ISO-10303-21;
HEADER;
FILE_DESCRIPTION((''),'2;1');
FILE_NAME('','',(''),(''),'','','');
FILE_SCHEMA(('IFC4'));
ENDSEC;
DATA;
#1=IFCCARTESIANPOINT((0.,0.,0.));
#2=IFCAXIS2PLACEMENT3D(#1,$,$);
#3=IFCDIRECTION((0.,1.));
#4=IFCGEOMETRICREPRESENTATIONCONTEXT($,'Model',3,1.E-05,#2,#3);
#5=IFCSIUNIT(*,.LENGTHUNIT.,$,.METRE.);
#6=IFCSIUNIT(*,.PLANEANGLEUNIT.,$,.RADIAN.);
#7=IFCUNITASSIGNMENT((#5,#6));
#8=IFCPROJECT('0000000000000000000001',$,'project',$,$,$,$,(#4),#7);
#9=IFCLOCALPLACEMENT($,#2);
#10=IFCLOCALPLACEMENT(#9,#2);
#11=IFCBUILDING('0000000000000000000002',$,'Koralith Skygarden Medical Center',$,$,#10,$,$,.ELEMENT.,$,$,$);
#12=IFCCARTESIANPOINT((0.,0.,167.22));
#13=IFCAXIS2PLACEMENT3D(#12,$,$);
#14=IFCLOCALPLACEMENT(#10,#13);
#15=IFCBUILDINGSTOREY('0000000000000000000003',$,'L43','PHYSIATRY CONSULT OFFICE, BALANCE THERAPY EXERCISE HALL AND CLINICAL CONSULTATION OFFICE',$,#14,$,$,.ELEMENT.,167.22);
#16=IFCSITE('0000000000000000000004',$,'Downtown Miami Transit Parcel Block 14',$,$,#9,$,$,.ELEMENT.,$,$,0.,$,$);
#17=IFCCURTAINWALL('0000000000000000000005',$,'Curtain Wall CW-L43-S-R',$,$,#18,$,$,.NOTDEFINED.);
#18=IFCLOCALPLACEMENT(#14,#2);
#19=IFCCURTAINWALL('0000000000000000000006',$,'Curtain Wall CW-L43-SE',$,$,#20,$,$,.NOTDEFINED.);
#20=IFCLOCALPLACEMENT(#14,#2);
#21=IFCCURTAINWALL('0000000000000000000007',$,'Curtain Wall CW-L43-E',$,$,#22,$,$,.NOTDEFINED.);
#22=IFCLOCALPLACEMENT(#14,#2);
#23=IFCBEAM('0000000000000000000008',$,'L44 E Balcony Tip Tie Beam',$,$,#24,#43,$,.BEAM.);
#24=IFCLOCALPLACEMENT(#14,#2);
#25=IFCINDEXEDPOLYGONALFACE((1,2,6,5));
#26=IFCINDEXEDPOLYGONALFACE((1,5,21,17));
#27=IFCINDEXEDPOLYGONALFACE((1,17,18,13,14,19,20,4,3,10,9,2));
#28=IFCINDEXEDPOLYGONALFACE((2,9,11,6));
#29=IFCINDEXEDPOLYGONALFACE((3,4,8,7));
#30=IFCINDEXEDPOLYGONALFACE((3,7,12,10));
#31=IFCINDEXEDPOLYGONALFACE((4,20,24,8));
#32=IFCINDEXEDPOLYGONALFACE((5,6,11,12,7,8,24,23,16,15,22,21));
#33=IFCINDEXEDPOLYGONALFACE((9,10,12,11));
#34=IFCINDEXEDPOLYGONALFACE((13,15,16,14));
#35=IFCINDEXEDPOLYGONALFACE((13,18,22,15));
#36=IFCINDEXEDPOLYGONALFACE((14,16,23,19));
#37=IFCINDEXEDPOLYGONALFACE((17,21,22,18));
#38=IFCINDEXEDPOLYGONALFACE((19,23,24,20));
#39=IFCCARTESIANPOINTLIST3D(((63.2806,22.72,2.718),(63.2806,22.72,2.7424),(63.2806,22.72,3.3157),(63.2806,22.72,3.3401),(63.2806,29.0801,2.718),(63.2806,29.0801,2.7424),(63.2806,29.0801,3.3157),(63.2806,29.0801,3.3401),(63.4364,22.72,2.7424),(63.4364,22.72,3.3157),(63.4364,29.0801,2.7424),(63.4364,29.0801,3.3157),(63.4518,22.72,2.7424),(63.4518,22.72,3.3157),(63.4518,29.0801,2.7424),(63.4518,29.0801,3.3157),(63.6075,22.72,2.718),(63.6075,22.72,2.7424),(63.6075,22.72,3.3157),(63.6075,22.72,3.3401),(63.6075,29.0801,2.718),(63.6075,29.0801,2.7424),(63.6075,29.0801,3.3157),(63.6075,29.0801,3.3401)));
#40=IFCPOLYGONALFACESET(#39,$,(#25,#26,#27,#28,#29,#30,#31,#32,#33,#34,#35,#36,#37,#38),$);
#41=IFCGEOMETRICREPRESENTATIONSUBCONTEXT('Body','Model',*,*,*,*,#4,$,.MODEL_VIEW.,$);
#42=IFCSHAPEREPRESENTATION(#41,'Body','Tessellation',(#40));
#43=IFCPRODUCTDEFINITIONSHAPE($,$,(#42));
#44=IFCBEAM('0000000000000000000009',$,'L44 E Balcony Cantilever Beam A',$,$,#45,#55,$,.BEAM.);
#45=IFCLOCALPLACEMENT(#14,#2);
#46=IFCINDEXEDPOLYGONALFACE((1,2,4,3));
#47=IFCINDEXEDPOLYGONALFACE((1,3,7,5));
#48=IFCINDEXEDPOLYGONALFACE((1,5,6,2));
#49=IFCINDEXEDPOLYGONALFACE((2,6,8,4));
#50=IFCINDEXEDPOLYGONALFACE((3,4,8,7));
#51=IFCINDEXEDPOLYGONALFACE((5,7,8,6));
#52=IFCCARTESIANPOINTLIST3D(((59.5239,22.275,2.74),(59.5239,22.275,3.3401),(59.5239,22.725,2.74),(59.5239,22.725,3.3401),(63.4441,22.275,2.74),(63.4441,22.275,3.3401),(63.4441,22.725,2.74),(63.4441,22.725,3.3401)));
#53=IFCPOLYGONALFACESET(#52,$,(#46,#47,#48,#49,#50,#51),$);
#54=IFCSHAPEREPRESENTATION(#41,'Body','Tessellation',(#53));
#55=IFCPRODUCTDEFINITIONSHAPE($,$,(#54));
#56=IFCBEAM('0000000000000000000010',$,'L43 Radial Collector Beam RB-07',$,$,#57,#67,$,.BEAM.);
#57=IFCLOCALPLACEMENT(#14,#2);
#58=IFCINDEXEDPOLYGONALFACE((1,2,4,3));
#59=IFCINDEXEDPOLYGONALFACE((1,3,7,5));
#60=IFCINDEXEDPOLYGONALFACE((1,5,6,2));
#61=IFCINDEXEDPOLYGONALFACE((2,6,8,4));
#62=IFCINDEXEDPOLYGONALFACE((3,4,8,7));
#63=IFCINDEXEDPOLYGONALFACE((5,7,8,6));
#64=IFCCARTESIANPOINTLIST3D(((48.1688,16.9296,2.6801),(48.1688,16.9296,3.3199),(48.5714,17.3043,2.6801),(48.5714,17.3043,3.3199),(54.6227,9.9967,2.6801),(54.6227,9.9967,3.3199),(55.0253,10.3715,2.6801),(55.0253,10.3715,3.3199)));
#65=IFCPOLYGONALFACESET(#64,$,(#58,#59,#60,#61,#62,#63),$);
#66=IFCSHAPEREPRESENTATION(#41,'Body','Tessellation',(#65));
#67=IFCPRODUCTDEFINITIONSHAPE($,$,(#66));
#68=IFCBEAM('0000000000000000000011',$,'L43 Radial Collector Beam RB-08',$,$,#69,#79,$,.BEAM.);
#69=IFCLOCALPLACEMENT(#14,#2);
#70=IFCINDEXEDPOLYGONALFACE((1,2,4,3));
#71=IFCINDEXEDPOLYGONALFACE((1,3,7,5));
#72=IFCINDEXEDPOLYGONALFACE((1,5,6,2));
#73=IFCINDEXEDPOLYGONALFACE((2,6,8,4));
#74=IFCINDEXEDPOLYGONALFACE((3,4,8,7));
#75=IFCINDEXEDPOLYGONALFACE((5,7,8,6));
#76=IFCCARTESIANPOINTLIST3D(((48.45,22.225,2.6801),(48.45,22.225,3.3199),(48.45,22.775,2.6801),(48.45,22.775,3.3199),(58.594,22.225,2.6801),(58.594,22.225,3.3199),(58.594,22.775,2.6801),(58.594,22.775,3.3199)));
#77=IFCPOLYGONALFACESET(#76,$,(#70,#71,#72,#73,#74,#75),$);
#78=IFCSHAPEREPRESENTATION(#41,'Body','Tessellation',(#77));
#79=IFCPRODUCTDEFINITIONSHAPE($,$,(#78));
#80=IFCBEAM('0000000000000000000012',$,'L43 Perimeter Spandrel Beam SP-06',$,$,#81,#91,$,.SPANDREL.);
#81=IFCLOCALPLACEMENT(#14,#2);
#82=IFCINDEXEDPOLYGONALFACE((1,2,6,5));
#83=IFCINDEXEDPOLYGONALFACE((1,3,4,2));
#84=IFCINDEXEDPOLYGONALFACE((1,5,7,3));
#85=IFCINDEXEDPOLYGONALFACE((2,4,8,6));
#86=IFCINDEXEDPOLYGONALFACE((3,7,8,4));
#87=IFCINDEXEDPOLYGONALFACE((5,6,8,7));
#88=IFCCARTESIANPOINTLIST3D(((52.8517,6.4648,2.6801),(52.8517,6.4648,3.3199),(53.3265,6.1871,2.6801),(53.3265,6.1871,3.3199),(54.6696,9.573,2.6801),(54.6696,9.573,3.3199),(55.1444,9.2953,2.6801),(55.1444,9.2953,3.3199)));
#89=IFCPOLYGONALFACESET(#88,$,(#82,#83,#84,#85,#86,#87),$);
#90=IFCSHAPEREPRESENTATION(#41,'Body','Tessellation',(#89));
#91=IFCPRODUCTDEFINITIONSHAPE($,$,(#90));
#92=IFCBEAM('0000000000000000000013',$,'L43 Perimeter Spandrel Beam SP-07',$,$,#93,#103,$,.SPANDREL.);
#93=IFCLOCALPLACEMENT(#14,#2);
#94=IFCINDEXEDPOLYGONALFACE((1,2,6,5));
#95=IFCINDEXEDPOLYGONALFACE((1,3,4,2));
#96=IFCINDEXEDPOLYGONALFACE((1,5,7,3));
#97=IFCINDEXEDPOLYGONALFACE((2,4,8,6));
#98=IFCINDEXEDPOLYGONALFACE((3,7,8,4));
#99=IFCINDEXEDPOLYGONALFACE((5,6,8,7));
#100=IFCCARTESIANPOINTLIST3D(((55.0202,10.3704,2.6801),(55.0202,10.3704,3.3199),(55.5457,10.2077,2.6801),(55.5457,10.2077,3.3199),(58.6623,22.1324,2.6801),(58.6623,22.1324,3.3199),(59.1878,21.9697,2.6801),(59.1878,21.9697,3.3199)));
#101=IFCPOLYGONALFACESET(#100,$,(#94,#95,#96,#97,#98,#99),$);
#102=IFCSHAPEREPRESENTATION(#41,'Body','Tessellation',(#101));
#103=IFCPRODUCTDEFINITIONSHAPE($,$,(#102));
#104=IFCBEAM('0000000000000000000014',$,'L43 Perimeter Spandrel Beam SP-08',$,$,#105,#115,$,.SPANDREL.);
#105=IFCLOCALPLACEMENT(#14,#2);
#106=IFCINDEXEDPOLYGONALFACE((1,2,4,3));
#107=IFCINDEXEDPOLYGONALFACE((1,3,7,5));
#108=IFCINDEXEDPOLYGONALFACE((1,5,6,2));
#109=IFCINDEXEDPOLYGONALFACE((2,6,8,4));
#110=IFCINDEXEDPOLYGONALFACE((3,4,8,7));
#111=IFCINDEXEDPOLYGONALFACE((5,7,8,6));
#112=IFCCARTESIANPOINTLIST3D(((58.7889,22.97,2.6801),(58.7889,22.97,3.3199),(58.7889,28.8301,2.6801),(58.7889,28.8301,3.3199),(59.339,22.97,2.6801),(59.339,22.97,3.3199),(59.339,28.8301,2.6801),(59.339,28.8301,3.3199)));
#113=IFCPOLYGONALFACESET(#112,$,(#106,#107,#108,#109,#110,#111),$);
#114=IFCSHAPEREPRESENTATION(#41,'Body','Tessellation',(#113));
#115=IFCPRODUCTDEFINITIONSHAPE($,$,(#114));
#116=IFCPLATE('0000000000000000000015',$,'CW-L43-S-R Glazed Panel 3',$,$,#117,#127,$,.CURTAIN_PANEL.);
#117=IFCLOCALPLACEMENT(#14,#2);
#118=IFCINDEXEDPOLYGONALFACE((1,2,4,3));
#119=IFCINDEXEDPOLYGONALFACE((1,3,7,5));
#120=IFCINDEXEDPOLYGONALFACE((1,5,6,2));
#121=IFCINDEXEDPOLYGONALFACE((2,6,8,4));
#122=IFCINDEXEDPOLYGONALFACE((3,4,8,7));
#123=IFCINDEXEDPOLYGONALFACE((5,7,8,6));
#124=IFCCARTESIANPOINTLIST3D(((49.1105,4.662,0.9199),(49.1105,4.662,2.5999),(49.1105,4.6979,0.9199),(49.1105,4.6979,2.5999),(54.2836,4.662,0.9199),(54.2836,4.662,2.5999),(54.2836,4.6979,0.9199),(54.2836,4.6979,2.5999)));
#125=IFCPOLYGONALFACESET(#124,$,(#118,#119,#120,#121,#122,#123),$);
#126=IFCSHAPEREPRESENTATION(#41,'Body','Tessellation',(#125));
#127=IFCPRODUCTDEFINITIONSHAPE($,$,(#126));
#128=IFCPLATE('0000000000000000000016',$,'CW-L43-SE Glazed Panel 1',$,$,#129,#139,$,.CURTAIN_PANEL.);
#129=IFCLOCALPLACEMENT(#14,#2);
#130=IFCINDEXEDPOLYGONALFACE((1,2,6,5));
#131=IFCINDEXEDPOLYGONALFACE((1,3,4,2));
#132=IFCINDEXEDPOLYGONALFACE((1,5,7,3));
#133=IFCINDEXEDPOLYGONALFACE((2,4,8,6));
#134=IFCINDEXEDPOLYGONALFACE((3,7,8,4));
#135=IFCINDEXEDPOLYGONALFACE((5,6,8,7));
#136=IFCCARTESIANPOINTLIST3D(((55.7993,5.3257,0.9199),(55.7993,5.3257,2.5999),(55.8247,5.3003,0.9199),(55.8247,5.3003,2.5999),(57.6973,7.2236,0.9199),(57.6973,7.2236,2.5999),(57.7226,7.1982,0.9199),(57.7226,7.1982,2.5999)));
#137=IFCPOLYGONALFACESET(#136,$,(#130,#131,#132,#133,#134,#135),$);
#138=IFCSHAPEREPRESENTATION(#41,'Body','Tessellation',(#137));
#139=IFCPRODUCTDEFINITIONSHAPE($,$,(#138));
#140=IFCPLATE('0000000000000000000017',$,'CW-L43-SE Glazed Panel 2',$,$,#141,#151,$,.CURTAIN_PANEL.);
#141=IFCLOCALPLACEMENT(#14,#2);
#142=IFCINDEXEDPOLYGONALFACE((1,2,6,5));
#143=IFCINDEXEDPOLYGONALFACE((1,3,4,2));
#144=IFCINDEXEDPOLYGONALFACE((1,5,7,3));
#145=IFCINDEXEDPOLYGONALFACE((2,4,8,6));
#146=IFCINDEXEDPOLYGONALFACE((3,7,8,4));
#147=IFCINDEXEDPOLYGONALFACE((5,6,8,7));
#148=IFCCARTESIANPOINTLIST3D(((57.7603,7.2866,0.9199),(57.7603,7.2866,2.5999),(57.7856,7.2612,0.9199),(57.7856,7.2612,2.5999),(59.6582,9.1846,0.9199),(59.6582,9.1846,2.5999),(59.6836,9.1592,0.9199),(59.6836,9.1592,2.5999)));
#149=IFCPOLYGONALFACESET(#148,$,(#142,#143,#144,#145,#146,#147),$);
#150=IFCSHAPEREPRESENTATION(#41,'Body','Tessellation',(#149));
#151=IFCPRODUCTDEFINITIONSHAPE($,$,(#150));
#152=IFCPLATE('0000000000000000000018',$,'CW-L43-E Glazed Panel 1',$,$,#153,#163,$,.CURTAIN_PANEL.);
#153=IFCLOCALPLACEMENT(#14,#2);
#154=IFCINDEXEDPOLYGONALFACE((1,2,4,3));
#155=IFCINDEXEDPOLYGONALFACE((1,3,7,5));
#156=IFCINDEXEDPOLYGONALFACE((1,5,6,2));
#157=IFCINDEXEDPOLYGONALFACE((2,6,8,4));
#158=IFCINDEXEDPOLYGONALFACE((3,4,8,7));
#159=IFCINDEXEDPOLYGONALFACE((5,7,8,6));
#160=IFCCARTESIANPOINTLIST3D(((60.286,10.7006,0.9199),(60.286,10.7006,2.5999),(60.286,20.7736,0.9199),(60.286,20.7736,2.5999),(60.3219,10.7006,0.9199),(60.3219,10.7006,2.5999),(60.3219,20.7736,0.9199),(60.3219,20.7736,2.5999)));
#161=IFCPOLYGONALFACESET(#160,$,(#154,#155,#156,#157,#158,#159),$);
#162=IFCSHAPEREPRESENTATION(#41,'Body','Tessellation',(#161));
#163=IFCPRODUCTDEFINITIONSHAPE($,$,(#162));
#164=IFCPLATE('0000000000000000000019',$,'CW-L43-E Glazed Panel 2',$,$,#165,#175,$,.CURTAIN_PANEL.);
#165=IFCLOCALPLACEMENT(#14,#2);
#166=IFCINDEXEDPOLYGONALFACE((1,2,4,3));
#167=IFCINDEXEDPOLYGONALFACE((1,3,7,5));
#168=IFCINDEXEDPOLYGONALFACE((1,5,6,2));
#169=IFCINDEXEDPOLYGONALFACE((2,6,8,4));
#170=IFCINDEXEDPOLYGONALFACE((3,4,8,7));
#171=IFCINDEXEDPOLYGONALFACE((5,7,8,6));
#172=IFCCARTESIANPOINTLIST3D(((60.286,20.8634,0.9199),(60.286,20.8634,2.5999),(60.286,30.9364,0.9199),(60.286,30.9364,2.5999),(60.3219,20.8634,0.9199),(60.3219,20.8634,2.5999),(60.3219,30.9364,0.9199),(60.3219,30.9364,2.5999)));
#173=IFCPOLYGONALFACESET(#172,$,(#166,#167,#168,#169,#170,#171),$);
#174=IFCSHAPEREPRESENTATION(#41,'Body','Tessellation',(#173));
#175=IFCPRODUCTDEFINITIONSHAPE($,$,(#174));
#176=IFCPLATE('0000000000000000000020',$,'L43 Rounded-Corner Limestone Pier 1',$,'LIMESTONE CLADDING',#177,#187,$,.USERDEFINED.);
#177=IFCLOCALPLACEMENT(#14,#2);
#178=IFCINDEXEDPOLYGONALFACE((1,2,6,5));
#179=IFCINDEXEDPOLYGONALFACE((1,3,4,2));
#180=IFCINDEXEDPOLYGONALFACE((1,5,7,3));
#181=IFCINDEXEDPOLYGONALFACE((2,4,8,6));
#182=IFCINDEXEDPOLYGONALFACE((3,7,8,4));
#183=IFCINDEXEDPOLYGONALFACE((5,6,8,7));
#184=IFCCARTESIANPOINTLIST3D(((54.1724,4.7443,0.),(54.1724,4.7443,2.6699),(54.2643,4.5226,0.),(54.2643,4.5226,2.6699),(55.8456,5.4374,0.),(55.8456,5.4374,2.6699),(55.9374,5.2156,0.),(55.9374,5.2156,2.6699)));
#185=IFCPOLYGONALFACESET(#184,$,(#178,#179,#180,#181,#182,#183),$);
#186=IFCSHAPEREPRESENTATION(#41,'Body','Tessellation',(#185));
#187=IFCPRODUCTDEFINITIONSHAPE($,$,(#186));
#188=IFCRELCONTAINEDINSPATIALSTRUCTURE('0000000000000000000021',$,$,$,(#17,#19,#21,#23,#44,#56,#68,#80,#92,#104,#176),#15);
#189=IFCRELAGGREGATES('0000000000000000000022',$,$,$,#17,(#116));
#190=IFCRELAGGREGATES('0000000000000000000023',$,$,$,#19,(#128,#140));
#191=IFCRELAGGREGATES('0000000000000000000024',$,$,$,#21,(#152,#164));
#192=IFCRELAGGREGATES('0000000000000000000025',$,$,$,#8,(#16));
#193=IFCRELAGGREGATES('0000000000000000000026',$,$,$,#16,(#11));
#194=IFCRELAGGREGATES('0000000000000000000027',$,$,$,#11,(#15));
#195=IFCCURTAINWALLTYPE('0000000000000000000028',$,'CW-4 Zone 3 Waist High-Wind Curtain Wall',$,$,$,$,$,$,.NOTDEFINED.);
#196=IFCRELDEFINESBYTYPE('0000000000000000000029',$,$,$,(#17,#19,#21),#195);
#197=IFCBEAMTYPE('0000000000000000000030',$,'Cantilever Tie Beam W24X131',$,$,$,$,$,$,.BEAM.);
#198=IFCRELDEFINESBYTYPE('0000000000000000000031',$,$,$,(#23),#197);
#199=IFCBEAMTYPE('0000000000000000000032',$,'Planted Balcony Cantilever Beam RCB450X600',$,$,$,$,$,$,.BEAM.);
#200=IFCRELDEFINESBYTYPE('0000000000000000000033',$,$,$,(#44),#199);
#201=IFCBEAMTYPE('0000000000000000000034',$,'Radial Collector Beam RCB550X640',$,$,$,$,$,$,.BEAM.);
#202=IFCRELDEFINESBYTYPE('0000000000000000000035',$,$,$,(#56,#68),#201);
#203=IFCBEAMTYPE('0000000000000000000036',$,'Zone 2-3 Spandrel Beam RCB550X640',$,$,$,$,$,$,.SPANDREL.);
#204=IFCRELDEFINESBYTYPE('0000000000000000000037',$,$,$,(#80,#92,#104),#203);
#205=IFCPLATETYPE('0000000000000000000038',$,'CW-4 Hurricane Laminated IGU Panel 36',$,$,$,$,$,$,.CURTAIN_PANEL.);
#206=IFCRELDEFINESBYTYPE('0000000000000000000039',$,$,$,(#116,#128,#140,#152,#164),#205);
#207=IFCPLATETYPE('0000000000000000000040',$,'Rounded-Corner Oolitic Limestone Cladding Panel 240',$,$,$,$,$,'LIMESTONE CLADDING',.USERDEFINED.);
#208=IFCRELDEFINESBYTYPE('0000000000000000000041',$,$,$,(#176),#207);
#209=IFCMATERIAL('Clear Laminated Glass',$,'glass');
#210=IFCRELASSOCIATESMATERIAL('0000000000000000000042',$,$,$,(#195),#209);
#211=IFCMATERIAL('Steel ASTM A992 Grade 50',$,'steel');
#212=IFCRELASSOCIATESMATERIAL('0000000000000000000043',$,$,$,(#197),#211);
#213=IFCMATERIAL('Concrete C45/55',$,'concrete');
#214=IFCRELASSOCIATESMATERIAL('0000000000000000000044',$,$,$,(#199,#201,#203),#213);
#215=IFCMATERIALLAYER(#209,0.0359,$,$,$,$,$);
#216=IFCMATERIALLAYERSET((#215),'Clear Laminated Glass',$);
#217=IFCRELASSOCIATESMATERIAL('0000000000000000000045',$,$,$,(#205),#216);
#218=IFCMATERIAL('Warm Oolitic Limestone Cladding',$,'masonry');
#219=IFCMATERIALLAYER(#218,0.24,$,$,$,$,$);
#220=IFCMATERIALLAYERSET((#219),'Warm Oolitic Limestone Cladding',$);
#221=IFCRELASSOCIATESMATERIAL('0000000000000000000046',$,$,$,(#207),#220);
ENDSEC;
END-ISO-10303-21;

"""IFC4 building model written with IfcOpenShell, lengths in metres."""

from ifc_helpers import new_model, si_unit, direction, frame, origin, origin_2d, place, context, subcontext, project, spatial, rectangle, i_section, extrude, material, layer, layer_set, material_profile, profile_set, type_object, element, aggregate, save


model = new_model("IFC4")

# Units and contexts
model_context = context("Model", 3, precision=1e-05, world=origin(), true_north=direction((0.0, 1.0)))
body_context = subcontext(model_context, "Body", "Model", "MODEL_VIEW")
ifc_project = project(units=[si_unit("LENGTHUNIT", "METRE"), si_unit("PLANEANGLEUNIT", "RADIAN")], contexts=[model_context])

# Site, building, storey
site_placement = place(None, origin())
site = spatial("IfcSite", under=ifc_project, at=site_placement, Name="Downtown Miami Transit Parcel Block 14", CompositionType="ELEMENT", RefElevation=0.0)
building_placement = place(site_placement, origin())
building = spatial("IfcBuilding", under=site, at=building_placement, Name="Koralith Skygarden Medical Center", CompositionType="ELEMENT")
storey_placement = place(building_placement, frame((0.0, 0.0, 167.22)))
storey = spatial("IfcBuildingStorey", under=building, at=storey_placement, Name="L43", Description="PHYSIATRY CONSULT OFFICE, BALANCE THERAPY EXERCISE HALL AND CLINICAL CONSULTATION OFFICE", CompositionType="ELEMENT", Elevation=167.22)

# Curtain walls
ifc_material_1 = material(Name="Clear Laminated Glass", Category="glass")
curtain_wall_type = type_object("IfcCurtainWallType", Name="CW-4 Zone 3 Waist High-Wind Curtain Wall", PredefinedType="NOTDEFINED", material=ifc_material_1)
curtain_wall_1_placement = place(storey_placement, origin())
curtain_wall_1 = element("IfcCurtainWall", 1, at=curtain_wall_1_placement, inside=storey, type_object=curtain_wall_type, Name="Curtain Wall CW-L43-S-R", PredefinedType="NOTDEFINED")
curtain_wall_2_placement = place(storey_placement, origin())
curtain_wall_2 = element("IfcCurtainWall", 2, at=curtain_wall_2_placement, inside=storey, type_object=curtain_wall_type, Name="Curtain Wall CW-L43-SE", PredefinedType="NOTDEFINED")
curtain_wall_3_placement = place(storey_placement, origin())
curtain_wall_3 = element("IfcCurtainWall", 3, at=curtain_wall_3_placement, inside=storey, type_object=curtain_wall_type, Name="Curtain Wall CW-L43-E", PredefinedType="NOTDEFINED")

# Beams
ifc_material_2 = material(Name="Steel ASTM A992 Grade 50", Category="steel")
ifc_material_profile_1 = material_profile(ifc_material_2, i_section(OverallWidth=0.3269, OverallDepth=0.6221, WebThickness=0.0154, FlangeThickness=0.0244, at=origin_2d()), Name="W24X131")
ifc_profile_set_1 = profile_set([ifc_material_profile_1], Name="Steel ASTM A992 Grade 50")
beam_type_1 = type_object("IfcBeamType", Name="Cantilever Tie Beam W24X131", PredefinedType="BEAM", material=ifc_profile_set_1)
beam_1_placement = place(storey_placement, frame((63.4441, 22.72, 3.0291), z_axis=(0.0, 1.0, 0.0), x_axis=(-1.0, 0.0, 0.0)))
element("IfcBeam", 4, at=beam_1_placement, inside=storey, type_object=beam_type_1, Name="L44 E Balcony Tip Tie Beam", PredefinedType="BEAM", context=body_context, shape_type="SweptSolid", body=[
    extrude(i_section(OverallWidth=0.3269, OverallDepth=0.6221, WebThickness=0.0154, FlangeThickness=0.0244, at=origin_2d()), origin(), (0.0, 0.0, 1.0), 6.3601),
])
ifc_material_3 = material(Name="Concrete C45/55", Category="concrete")
ifc_material_profile_2 = material_profile(ifc_material_3, rectangle(XDim=0.45, YDim=0.6001, at=origin_2d()), Name="RCB450X600")
ifc_profile_set_2 = profile_set([ifc_material_profile_2], Name="Concrete C45/55")
beam_type_2 = type_object("IfcBeamType", Name="Planted Balcony Cantilever Beam RCB450X600", PredefinedType="BEAM", material=ifc_profile_set_2)
beam_2_placement = place(storey_placement, frame((59.5239, 22.5, 3.04), z_axis=(1.0, 0.0, 0.0), x_axis=(0.0, 1.0, 0.0)))
element("IfcBeam", 5, at=beam_2_placement, inside=storey, type_object=beam_type_2, Name="L44 E Balcony Cantilever Beam A", PredefinedType="BEAM", context=body_context, shape_type="SweptSolid", body=[
    extrude(rectangle(XDim=0.45, YDim=0.6001, at=origin_2d()), origin(), (0.0, 0.0, 1.0), 3.9202),
])
ifc_material_profile_3 = material_profile(ifc_material_3, rectangle(XDim=0.55, YDim=0.6399, at=origin_2d()), Name="RCB550X640")
ifc_profile_set_3 = profile_set([ifc_material_profile_3], Name="Concrete C45/55")
beam_type_3 = type_object("IfcBeamType", Name="Radial Collector Beam RCB550X640", PredefinedType="BEAM", material=ifc_profile_set_3)
beam_3_placement = place(storey_placement, frame((48.3701, 17.1169, 3.0), z_axis=(0.681369, -0.73194, 0.0), x_axis=(0.73194, 0.681369, 0.0)))
element("IfcBeam", 6, at=beam_3_placement, inside=storey, type_object=beam_type_3, Name="L43 Radial Collector Beam RB-07", PredefinedType="BEAM", context=body_context, shape_type="SweptSolid", body=[
    extrude(rectangle(XDim=0.55, YDim=0.6399, at=origin_2d()), origin(), (0.0, 0.0, 1.0), 9.4719),
])
beam_4_placement = place(storey_placement, frame((48.45, 22.5, 3.0), z_axis=(1.0, 0.0, 0.0), x_axis=(0.0, 1.0, 0.0)))
element("IfcBeam", 7, at=beam_4_placement, inside=storey, type_object=beam_type_3, Name="L43 Radial Collector Beam RB-08", PredefinedType="BEAM", context=body_context, shape_type="SweptSolid", body=[
    extrude(rectangle(XDim=0.55, YDim=0.6399, at=origin_2d()), origin(), (0.0, 0.0, 1.0), 10.144),
])
ifc_material_profile_4 = material_profile(ifc_material_3, rectangle(XDim=0.55, YDim=0.6399, at=origin_2d()), Name="RCB550X640")
ifc_profile_set_4 = profile_set([ifc_material_profile_4], Name="Concrete C45/55")
beam_type_4 = type_object("IfcBeamType", Name="Zone 2-3 Spandrel Beam RCB550X640", PredefinedType="SPANDREL", material=ifc_profile_set_4)
beam_5_placement = place(storey_placement, frame((53.0891, 6.3259, 3.0), z_axis=(0.504861, 0.8632, 0.0), x_axis=(-0.8632, 0.504861, 0.0)))
element("IfcBeam", 8, at=beam_5_placement, inside=storey, type_object=beam_type_4, Name="L43 Perimeter Spandrel Beam SP-06", PredefinedType="SPANDREL", context=body_context, shape_type="SweptSolid", body=[
    extrude(rectangle(XDim=0.55, YDim=0.6399, at=origin_2d()), origin(), (0.0, 0.0, 1.0), 3.6008),
])
beam_6_placement = place(storey_placement, frame((55.283, 10.2891, 3.0), z_axis=(0.295794, 0.955252, 0.0), x_axis=(-0.955252, 0.295794, 0.0)))
element("IfcBeam", 9, at=beam_6_placement, inside=storey, type_object=beam_type_4, Name="L43 Perimeter Spandrel Beam SP-07", PredefinedType="SPANDREL", context=body_context, shape_type="SweptSolid", body=[
    extrude(rectangle(XDim=0.55, YDim=0.6399, at=origin_2d()), origin(), (0.0, 0.0, 1.0), 12.313),
])
beam_7_placement = place(storey_placement, frame((59.064, 22.97, 3.0), z_axis=(0.0, 1.0, 0.0), x_axis=(-1.0, 0.0, 0.0)))
element("IfcBeam", 10, at=beam_7_placement, inside=storey, type_object=beam_type_4, Name="L43 Perimeter Spandrel Beam SP-08", PredefinedType="SPANDREL", context=body_context, shape_type="SweptSolid", body=[
    extrude(rectangle(XDim=0.55, YDim=0.6399, at=origin_2d()), origin(), (0.0, 0.0, 1.0), 5.8601),
])

# Plates
ifc_layer_1 = layer(ifc_material_1, 0.0359)
ifc_layer_set_1 = layer_set([ifc_layer_1], Name="Clear Laminated Glass")
plate_type_1 = type_object("IfcPlateType", Name="CW-4 Hurricane Laminated IGU Panel 36", PredefinedType="CURTAIN_PANEL", material=ifc_layer_set_1)
plate_1_placement = place(storey_placement, frame((51.697, 4.6799, 0.9199), z_axis=(0.0, 0.0, 1.0), x_axis=(1.0, 0.0, 0.0)))
plate_1 = element("IfcPlate", 11, at=plate_1_placement, type_object=plate_type_1, Name="CW-L43-S-R Glazed Panel 3", PredefinedType="CURTAIN_PANEL", context=body_context, shape_type="SweptSolid", body=[
    extrude(rectangle(XDim=5.1731, YDim=0.0359, at=origin_2d()), origin(), (0.0, 0.0, 1.0), 1.6799),
])
aggregate(curtain_wall_1, [plate_1])
plate_2_placement = place(storey_placement, frame((56.761, 6.262, 0.9199), z_axis=(0.0, 0.0, 1.0), x_axis=(0.707107, 0.707107, 0.0)))
plate_2 = element("IfcPlate", 12, at=plate_2_placement, type_object=plate_type_1, Name="CW-L43-SE Glazed Panel 1", PredefinedType="CURTAIN_PANEL", context=body_context, shape_type="SweptSolid", body=[
    extrude(rectangle(XDim=2.6841, YDim=0.0359, at=origin_2d()), origin(), (0.0, 0.0, 1.0), 1.6799),
])
plate_3_placement = place(storey_placement, frame((58.7219, 8.2229, 0.9199), z_axis=(0.0, 0.0, 1.0), x_axis=(0.707107, 0.707107, 0.0)))
plate_3 = element("IfcPlate", 13, at=plate_3_placement, type_object=plate_type_1, Name="CW-L43-SE Glazed Panel 2", PredefinedType="CURTAIN_PANEL", context=body_context, shape_type="SweptSolid", body=[
    extrude(rectangle(XDim=2.6841, YDim=0.0359, at=origin_2d()), origin(), (0.0, 0.0, 1.0), 1.6799),
])
aggregate(curtain_wall_2, [plate_2, plate_3])
plate_4_placement = place(storey_placement, frame((60.304, 15.7371, 0.9199), z_axis=(0.0, 0.0, 1.0), x_axis=(0.0, 1.0, 0.0)))
plate_4 = element("IfcPlate", 14, at=plate_4_placement, type_object=plate_type_1, Name="CW-L43-E Glazed Panel 1", PredefinedType="CURTAIN_PANEL", context=body_context, shape_type="SweptSolid", body=[
    extrude(rectangle(XDim=10.073, YDim=0.0359, at=origin_2d()), origin(), (0.0, 0.0, 1.0), 1.6799),
])
plate_5_placement = place(storey_placement, frame((60.304, 25.8999, 0.9199), z_axis=(0.0, 0.0, 1.0), x_axis=(0.0, 1.0, 0.0)))
plate_5 = element("IfcPlate", 15, at=plate_5_placement, type_object=plate_type_1, Name="CW-L43-E Glazed Panel 2", PredefinedType="CURTAIN_PANEL", context=body_context, shape_type="SweptSolid", body=[
    extrude(rectangle(XDim=10.073, YDim=0.0359, at=origin_2d()), origin(), (0.0, 0.0, 1.0), 1.6799),
])
aggregate(curtain_wall_3, [plate_4, plate_5])

# Plate
ifc_material_4 = material(Name="Warm Oolitic Limestone Cladding", Category="masonry")
ifc_layer_2 = layer(ifc_material_4, 0.24)
ifc_layer_set_2 = layer_set([ifc_layer_2], Name="Warm Oolitic Limestone Cladding")
plate_type_2 = type_object("IfcPlateType", Name="Rounded-Corner Oolitic Limestone Cladding Panel 240", ElementType="LIMESTONE CLADDING", PredefinedType="USERDEFINED", material=ifc_layer_set_2)
for number, where, z_axis, x_axis, name in (
    (16, (55.0549, 4.98, 0.0), (0.0, 0.0, 1.0), (0.923885, 0.382671, 0.0), "L43 Rounded-Corner Limestone Pier 1"),
):
    element("IfcPlate", number, at=place(storey_placement, frame(where, z_axis=z_axis, x_axis=x_axis)), inside=storey, type_object=plate_type_2, Name=name, ObjectType="LIMESTONE CLADDING", PredefinedType="USERDEFINED", context=body_context, shape_type="SweptSolid", body=[
        extrude(rectangle(XDim=1.811, YDim=0.24, at=origin_2d()), origin(), (0.0, 0.0, 1.0), 2.6699),
    ])

save(model, "model.ifc")
